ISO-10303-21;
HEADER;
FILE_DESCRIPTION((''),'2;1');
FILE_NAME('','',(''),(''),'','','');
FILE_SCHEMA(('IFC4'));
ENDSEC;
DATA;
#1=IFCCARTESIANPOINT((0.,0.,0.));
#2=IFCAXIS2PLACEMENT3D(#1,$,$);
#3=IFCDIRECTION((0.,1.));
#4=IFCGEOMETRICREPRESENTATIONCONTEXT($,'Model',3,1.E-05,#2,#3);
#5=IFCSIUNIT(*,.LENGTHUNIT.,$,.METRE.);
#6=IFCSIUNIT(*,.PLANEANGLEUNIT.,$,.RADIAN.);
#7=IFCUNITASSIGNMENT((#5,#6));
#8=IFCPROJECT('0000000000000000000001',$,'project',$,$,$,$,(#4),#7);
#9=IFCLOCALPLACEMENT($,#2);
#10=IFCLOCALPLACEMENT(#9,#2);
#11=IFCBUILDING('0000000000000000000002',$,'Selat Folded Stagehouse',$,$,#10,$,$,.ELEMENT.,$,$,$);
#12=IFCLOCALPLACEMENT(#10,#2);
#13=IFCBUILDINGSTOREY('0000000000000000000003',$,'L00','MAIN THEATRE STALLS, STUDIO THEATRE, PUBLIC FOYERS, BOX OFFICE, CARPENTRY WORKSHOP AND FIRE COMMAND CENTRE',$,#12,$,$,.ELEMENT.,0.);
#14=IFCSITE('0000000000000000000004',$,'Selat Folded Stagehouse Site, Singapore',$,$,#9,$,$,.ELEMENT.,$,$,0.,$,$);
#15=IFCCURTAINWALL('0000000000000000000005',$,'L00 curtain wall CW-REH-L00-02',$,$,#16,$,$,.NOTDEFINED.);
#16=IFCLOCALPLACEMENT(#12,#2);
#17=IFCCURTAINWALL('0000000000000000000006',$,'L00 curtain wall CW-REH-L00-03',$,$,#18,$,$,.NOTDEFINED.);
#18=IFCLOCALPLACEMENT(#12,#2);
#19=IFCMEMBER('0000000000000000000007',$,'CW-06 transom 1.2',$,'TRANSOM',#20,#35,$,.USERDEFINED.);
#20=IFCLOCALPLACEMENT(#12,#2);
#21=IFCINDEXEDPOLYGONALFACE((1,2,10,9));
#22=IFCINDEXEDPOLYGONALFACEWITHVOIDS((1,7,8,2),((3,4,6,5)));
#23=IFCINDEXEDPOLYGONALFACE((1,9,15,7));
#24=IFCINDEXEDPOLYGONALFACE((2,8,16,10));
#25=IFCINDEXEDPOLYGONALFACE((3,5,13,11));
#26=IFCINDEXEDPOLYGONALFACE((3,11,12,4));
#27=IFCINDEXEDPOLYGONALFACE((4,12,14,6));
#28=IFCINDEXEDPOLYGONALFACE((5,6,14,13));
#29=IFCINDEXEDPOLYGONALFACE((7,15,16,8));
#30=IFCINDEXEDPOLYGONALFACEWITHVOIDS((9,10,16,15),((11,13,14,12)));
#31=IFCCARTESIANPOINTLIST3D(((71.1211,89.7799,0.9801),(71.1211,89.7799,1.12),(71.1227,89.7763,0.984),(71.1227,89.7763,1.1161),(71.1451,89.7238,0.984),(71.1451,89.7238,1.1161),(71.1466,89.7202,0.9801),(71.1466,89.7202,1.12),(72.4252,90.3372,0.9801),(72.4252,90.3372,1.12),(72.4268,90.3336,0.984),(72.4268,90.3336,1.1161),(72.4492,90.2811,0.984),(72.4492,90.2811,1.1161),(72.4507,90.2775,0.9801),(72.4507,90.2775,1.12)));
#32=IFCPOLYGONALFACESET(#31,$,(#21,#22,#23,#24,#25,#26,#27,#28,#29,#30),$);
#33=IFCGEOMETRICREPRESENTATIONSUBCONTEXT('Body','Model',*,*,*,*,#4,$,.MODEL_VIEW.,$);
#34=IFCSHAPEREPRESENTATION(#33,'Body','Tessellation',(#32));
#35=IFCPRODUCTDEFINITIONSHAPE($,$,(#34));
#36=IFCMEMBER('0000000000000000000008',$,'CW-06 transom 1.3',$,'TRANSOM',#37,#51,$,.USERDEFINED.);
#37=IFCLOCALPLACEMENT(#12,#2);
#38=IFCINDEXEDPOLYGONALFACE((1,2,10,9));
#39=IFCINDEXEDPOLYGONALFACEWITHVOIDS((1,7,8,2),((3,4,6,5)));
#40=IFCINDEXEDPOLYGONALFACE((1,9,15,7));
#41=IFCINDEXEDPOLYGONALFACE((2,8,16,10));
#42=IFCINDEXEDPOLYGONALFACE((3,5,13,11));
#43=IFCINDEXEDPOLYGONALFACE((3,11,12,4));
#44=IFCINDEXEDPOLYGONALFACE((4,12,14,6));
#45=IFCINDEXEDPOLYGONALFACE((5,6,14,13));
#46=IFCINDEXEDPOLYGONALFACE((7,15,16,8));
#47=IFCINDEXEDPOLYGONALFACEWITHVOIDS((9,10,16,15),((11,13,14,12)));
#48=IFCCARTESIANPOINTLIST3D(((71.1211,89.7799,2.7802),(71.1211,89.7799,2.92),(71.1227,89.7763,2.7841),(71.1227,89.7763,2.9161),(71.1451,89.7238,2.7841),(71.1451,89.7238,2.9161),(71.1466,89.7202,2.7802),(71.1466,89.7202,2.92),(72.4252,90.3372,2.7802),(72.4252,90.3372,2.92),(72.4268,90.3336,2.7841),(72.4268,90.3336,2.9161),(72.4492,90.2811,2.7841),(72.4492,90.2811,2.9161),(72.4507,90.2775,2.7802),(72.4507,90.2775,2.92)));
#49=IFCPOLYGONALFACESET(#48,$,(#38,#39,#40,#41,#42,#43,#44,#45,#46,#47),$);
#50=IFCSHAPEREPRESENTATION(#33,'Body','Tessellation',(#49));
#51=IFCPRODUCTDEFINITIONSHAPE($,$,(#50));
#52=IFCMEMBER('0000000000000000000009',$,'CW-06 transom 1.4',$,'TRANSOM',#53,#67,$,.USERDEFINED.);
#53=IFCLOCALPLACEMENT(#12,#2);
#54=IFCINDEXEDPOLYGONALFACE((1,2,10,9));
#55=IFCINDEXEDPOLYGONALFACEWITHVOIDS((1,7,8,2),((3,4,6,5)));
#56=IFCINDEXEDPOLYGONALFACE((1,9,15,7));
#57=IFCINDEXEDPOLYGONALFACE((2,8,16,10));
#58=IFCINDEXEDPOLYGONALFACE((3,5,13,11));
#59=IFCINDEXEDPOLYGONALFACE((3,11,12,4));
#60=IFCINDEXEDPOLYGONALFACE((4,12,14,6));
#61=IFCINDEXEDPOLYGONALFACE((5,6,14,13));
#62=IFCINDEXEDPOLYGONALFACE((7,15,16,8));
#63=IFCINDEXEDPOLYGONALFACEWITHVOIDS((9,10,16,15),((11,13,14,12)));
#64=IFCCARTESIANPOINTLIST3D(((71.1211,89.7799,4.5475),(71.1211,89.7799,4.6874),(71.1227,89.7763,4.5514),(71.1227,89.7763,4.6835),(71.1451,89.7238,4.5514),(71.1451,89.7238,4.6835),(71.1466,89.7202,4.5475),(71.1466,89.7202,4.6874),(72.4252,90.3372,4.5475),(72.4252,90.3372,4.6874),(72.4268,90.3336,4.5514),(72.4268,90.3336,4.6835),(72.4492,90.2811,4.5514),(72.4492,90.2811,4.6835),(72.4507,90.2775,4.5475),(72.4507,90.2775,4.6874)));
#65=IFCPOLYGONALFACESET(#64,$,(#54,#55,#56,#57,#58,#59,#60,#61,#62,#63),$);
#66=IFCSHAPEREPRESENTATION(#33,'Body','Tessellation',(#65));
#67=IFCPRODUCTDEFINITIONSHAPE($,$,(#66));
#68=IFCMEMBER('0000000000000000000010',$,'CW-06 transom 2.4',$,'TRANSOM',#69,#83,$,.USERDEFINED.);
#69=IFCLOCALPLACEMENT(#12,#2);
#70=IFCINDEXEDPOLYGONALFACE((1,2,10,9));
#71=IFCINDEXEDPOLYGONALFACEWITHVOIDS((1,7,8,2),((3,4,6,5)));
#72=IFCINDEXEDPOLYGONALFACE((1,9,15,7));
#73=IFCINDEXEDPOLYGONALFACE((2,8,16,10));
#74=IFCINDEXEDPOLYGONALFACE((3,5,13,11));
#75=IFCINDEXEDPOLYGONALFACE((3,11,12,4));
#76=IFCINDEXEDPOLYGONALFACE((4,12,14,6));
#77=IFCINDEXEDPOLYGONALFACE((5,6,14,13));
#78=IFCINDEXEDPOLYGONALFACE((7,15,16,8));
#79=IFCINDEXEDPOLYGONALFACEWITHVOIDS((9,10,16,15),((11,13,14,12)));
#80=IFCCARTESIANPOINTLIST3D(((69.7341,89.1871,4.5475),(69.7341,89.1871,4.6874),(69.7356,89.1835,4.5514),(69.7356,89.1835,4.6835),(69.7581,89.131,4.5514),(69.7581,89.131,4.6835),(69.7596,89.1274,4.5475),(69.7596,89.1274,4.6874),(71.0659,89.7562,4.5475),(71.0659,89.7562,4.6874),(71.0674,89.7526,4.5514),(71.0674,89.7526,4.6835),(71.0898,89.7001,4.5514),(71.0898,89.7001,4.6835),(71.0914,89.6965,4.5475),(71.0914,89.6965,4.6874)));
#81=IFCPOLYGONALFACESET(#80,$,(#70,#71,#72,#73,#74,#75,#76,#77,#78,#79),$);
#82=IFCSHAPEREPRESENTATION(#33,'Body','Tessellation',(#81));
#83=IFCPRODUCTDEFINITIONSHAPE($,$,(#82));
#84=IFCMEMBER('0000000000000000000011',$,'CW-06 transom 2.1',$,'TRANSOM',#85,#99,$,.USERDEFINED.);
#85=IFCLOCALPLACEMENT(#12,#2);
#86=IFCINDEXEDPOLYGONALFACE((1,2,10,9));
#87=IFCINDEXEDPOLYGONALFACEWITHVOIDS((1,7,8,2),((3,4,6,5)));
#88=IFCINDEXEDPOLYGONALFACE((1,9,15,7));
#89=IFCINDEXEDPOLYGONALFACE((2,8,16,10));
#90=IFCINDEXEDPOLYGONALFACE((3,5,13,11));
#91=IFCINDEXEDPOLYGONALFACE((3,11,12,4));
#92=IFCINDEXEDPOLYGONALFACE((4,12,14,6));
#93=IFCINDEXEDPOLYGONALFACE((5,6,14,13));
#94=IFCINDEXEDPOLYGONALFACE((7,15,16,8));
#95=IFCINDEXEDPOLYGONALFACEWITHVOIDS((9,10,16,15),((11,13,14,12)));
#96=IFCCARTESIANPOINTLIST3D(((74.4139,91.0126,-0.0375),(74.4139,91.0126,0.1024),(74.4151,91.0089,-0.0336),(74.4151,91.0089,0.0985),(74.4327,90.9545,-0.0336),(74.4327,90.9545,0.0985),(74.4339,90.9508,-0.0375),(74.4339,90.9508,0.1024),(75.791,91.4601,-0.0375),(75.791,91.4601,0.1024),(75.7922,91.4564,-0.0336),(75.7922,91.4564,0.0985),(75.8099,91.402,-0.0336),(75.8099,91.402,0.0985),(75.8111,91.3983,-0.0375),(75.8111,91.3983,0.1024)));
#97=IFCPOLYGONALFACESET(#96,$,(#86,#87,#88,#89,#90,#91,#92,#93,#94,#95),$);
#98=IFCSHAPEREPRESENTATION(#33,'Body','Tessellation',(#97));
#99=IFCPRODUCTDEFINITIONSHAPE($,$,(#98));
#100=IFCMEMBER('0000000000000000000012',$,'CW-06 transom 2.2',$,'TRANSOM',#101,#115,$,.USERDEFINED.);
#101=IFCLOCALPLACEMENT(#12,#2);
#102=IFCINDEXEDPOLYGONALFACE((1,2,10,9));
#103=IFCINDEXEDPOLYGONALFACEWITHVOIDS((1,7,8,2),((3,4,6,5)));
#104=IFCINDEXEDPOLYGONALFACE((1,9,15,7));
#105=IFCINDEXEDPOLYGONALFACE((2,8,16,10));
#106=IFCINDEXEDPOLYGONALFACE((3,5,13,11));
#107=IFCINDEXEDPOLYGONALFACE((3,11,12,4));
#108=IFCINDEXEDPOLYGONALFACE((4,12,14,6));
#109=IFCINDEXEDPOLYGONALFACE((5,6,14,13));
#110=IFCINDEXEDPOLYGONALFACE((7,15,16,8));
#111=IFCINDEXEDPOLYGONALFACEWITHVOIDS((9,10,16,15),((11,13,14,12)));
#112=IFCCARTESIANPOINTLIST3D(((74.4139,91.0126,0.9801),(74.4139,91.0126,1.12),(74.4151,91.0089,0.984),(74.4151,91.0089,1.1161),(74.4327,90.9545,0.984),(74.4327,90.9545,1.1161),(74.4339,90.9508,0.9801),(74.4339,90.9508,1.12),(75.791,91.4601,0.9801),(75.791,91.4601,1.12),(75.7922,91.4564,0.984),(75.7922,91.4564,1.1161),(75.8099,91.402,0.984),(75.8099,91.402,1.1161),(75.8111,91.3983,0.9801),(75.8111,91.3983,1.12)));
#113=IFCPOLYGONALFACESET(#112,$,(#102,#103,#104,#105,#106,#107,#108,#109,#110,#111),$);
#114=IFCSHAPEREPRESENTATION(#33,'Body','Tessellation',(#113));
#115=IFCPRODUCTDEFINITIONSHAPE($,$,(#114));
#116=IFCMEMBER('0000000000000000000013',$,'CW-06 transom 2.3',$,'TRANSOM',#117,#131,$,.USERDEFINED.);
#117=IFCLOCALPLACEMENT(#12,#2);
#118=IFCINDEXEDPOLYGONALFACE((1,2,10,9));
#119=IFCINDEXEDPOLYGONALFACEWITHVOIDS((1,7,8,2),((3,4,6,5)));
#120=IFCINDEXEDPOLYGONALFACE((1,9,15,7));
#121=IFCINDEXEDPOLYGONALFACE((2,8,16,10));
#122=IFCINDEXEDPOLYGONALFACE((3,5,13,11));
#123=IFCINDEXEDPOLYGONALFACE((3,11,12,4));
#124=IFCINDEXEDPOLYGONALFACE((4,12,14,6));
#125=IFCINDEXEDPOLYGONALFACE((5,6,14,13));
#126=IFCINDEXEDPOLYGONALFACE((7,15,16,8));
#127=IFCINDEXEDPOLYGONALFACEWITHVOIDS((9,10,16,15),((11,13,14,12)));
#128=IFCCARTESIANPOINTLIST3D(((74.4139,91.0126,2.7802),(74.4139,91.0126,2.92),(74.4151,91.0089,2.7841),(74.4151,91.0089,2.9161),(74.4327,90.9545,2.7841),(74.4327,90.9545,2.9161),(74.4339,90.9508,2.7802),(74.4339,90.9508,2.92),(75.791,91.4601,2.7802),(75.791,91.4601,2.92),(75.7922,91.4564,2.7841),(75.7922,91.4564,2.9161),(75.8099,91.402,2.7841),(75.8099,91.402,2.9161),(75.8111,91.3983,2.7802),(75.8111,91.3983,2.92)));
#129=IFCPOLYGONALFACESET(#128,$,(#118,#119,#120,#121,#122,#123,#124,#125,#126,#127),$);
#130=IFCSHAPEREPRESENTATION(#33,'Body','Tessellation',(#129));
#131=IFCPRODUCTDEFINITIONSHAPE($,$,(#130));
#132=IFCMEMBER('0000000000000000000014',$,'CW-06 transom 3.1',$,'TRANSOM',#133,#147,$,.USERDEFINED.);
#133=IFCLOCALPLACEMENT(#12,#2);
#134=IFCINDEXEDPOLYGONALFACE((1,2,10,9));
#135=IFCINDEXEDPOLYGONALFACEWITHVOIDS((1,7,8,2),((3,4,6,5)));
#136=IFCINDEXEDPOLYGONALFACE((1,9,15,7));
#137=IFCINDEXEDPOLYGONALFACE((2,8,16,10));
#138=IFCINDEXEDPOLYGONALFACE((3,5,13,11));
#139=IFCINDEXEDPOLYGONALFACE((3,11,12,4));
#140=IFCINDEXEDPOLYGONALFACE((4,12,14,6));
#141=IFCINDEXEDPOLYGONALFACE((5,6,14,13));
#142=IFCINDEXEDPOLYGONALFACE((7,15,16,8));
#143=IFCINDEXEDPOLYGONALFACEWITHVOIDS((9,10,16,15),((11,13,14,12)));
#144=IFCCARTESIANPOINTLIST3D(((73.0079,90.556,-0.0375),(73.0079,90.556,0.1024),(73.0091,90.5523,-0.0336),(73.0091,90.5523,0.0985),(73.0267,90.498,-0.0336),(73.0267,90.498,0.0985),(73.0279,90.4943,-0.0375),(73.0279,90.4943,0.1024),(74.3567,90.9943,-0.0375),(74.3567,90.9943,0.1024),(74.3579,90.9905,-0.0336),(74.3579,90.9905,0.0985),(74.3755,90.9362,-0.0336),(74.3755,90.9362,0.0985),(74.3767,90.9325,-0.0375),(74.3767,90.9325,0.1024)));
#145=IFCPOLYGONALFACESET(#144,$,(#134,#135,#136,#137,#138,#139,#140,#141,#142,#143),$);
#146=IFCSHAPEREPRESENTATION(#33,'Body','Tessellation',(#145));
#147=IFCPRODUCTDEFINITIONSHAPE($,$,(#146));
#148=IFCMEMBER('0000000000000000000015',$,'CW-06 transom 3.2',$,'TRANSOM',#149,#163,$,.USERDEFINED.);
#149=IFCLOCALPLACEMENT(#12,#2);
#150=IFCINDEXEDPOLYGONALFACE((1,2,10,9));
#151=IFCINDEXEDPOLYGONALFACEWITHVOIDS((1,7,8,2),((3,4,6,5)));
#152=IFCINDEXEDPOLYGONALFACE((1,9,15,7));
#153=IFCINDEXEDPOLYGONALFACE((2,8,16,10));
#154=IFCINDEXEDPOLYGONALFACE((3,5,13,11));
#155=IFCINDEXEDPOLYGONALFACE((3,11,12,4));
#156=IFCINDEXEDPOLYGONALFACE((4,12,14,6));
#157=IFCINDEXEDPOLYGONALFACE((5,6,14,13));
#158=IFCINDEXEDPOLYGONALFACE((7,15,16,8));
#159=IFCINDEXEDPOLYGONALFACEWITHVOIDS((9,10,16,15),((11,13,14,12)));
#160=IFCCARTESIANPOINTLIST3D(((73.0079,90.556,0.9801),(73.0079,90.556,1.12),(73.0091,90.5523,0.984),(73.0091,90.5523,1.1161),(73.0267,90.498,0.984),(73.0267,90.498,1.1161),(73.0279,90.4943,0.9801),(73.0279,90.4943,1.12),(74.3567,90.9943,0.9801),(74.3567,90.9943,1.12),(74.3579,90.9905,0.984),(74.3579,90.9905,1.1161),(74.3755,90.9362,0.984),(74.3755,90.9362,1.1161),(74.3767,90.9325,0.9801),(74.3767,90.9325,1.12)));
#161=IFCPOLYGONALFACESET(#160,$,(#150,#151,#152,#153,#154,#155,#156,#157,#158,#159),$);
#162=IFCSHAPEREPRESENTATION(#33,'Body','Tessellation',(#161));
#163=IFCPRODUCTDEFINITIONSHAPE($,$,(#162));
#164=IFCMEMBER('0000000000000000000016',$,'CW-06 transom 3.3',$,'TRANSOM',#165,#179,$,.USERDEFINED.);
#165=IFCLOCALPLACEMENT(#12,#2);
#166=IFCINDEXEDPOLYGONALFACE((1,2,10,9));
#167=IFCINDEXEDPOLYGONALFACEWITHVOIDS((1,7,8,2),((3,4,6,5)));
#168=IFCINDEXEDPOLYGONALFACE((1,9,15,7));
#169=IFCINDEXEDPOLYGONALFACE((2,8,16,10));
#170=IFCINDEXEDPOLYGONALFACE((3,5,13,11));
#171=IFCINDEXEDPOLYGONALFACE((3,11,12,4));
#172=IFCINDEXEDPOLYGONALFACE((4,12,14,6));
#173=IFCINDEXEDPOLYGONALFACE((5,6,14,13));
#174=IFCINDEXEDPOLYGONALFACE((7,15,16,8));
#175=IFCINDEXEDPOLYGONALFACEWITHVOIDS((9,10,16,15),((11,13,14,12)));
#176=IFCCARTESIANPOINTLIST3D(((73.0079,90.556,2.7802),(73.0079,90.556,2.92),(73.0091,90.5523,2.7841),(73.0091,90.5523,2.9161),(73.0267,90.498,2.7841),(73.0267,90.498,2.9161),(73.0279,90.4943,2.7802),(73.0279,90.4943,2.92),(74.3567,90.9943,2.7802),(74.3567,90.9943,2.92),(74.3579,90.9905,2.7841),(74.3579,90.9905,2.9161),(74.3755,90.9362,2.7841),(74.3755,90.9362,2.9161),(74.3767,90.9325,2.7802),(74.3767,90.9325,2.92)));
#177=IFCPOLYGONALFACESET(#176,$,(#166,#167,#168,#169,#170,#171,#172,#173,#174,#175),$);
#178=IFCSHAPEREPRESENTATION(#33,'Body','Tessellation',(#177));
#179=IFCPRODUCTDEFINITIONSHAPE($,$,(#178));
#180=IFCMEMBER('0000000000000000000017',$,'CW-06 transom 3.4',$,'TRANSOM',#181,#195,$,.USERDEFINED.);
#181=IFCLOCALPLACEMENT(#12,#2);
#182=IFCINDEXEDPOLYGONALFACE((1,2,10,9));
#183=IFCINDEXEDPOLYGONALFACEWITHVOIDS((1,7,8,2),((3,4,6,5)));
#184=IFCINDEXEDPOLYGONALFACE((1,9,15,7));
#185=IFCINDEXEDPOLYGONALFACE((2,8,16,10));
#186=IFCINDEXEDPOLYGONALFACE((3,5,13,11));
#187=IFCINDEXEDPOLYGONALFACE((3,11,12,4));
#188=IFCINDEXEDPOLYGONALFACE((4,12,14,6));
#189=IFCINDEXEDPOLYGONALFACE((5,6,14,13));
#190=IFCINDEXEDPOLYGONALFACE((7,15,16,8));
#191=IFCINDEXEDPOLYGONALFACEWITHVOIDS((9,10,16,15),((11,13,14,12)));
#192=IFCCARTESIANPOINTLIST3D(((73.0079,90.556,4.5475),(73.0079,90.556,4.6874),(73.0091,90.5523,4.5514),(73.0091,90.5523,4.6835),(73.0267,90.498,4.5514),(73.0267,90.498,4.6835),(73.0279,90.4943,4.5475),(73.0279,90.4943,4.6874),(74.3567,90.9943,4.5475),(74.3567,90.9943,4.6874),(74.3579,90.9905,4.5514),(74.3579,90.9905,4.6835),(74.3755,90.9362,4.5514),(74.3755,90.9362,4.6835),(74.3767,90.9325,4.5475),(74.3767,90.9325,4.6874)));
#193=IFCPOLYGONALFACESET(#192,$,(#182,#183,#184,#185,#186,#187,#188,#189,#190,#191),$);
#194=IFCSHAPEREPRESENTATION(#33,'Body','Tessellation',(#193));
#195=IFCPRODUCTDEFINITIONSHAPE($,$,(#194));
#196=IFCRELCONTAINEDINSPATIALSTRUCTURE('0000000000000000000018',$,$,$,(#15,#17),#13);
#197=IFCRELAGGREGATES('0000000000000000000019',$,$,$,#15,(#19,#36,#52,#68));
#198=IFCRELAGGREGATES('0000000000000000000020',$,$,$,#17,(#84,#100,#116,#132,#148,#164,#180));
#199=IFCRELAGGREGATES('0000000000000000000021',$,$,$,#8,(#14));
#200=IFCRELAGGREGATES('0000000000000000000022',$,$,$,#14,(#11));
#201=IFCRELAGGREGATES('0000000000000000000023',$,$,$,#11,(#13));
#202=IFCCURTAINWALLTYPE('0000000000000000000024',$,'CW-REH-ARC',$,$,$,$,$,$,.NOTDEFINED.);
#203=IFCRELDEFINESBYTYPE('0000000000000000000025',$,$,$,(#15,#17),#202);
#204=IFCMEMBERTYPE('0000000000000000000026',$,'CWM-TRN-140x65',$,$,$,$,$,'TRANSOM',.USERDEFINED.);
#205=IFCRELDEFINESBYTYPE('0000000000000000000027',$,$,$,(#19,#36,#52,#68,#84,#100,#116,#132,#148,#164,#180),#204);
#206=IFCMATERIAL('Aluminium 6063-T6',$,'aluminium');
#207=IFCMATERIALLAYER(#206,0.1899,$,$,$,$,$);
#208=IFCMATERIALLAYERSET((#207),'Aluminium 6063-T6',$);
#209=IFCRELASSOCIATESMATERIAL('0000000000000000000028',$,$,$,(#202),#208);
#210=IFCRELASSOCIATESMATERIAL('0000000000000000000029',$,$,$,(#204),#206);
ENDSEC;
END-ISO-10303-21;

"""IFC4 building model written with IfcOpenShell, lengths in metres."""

from ifc_helpers import new_model, si_unit, direction, frame, origin, origin_2d, place, context, subcontext, project, spatial, hollow_rectangle, extrude, material, layer, layer_set, material_profile, profile_set, type_object, element, aggregate, save


model = new_model("IFC4")

# Units and contexts
model_context = context("Model", 3, precision=1e-05, world=origin(), true_north=direction((0.0, 1.0)))
body_context = subcontext(model_context, "Body", "Model", "MODEL_VIEW")
ifc_project = project(units=[si_unit("LENGTHUNIT", "METRE"), si_unit("PLANEANGLEUNIT", "RADIAN")], contexts=[model_context])

# Site, building, storey
site_placement = place(None, origin())
site = spatial("IfcSite", under=ifc_project, at=site_placement, Name="Selat Folded Stagehouse Site, Singapore", CompositionType="ELEMENT", RefElevation=0.0)
building_placement = place(site_placement, origin())
building = spatial("IfcBuilding", under=site, at=building_placement, Name="Selat Folded Stagehouse", CompositionType="ELEMENT")
storey_placement = place(building_placement, origin())
storey = spatial("IfcBuildingStorey", under=building, at=storey_placement, Name="L00", Description="MAIN THEATRE STALLS, STUDIO THEATRE, PUBLIC FOYERS, BOX OFFICE, CARPENTRY WORKSHOP AND FIRE COMMAND CENTRE", CompositionType="ELEMENT", Elevation=0.0)

# Curtain walls
ifc_material_1 = material(Name="Aluminium 6063-T6", Category="aluminium")
ifc_layer_1 = layer(ifc_material_1, 0.1899)
ifc_layer_set_1 = layer_set([ifc_layer_1], Name="Aluminium 6063-T6")
curtain_wall_type = type_object("IfcCurtainWallType", Name="CW-REH-ARC", PredefinedType="NOTDEFINED", material=ifc_layer_set_1)
curtain_wall_1_placement = place(storey_placement, origin())
curtain_wall_1 = element("IfcCurtainWall", 1, at=curtain_wall_1_placement, inside=storey, type_object=curtain_wall_type, Name="L00 curtain wall CW-REH-L00-02", PredefinedType="NOTDEFINED")
curtain_wall_2_placement = place(storey_placement, origin())
curtain_wall_2 = element("IfcCurtainWall", 2, at=curtain_wall_2_placement, inside=storey, type_object=curtain_wall_type, Name="L00 curtain wall CW-REH-L00-03", PredefinedType="NOTDEFINED")

# Members
ifc_material_profile_1 = material_profile(ifc_material_1, hollow_rectangle(XDim=0.0649, YDim=0.1399, WallThickness=0.0039, at=origin_2d()), Name="ALU 140x65x4.0")
ifc_profile_set_1 = profile_set([ifc_material_profile_1], Name="Aluminium 6063-T6")
member_type_1 = type_object("IfcMemberType", Name="CWM-TRN-140x65", ElementType="TRANSOM", PredefinedType="USERDEFINED", material=ifc_profile_set_1)
member_1_placement = place(storey_placement, frame((72.438, 90.3074, 1.05), z_axis=(-0.919545, -0.392984, 0.0), x_axis=(0.392984, -0.919545, 0.0)))
member_1 = element("IfcMember", 3, at=member_1_placement, type_object=member_type_1, Name="CW-06 transom 1.2", ObjectType="TRANSOM", PredefinedType="USERDEFINED", context=body_context, shape_type="SweptSolid", body=[
    extrude(hollow_rectangle(XDim=0.0649, YDim=0.1399, WallThickness=0.0039, at=origin_2d()), origin(), (0.0, 0.0, 1.0), 1.4182),
])
member_2_placement = place(storey_placement, frame((72.438, 90.3074, 2.8501), z_axis=(-0.919545, -0.392984, 0.0), x_axis=(0.392984, -0.919545, 0.0)))
member_2 = element("IfcMember", 4, at=member_2_placement, type_object=member_type_1, Name="CW-06 transom 1.3", ObjectType="TRANSOM", PredefinedType="USERDEFINED", context=body_context, shape_type="SweptSolid", body=[
    extrude(hollow_rectangle(XDim=0.0649, YDim=0.1399, WallThickness=0.0039, at=origin_2d()), origin(), (0.0, 0.0, 1.0), 1.4182),
])
member_3_placement = place(storey_placement, frame((72.438, 90.3074, 4.6174), z_axis=(-0.919545, -0.392984, 0.0), x_axis=(0.392984, -0.919545, 0.0)))
member_3 = element("IfcMember", 5, at=member_3_placement, type_object=member_type_1, Name="CW-06 transom 1.4", ObjectType="TRANSOM", PredefinedType="USERDEFINED", context=body_context, shape_type="SweptSolid", body=[
    extrude(hollow_rectangle(XDim=0.0649, YDim=0.1399, WallThickness=0.0039, at=origin_2d()), origin(), (0.0, 0.0, 1.0), 1.4182),
])
member_4_placement = place(storey_placement, frame((71.0786, 89.7263, 4.6174), z_axis=(-0.919563, -0.392943, 0.0), x_axis=(0.392943, -0.919563, 0.0)))
member_4 = element("IfcMember", 6, at=member_4_placement, type_object=member_type_1, Name="CW-06 transom 2.4", ObjectType="TRANSOM", PredefinedType="USERDEFINED", context=body_context, shape_type="SweptSolid", body=[
    extrude(hollow_rectangle(XDim=0.0649, YDim=0.1399, WallThickness=0.0039, at=origin_2d()), origin(), (0.0, 0.0, 1.0), 1.4482),
])
member_5_placement = place(storey_placement, frame((75.801, 91.4292, 0.0325), z_axis=(-0.95105, -0.309037, 0.0), x_axis=(0.309037, -0.95105, 0.0)))
member_5 = element("IfcMember", 7, at=member_5_placement, type_object=member_type_1, Name="CW-06 transom 2.1", ObjectType="TRANSOM", PredefinedType="USERDEFINED", context=body_context, shape_type="SweptSolid", body=[
    extrude(hollow_rectangle(XDim=0.0649, YDim=0.1399, WallThickness=0.0039, at=origin_2d()), origin(), (0.0, 0.0, 1.0), 1.448),
])
member_6_placement = place(storey_placement, frame((75.801, 91.4292, 1.05), z_axis=(-0.95105, -0.309037, 0.0), x_axis=(0.309037, -0.95105, 0.0)))
member_6 = element("IfcMember", 8, at=member_6_placement, type_object=member_type_1, Name="CW-06 transom 2.2", ObjectType="TRANSOM", PredefinedType="USERDEFINED", context=body_context, shape_type="SweptSolid", body=[
    extrude(hollow_rectangle(XDim=0.0649, YDim=0.1399, WallThickness=0.0039, at=origin_2d()), origin(), (0.0, 0.0, 1.0), 1.448),
])
member_7_placement = place(storey_placement, frame((75.801, 91.4292, 2.8501), z_axis=(-0.95105, -0.309037, 0.0), x_axis=(0.309037, -0.95105, 0.0)))
member_7 = element("IfcMember", 9, at=member_7_placement, type_object=member_type_1, Name="CW-06 transom 2.3", ObjectType="TRANSOM", PredefinedType="USERDEFINED", context=body_context, shape_type="SweptSolid", body=[
    extrude(hollow_rectangle(XDim=0.0649, YDim=0.1399, WallThickness=0.0039, at=origin_2d()), origin(), (0.0, 0.0, 1.0), 1.448),
])
member_8_placement = place(storey_placement, frame((74.3667, 90.9634, 0.0325), z_axis=(-0.951066, -0.308989, 0.0), x_axis=(0.308989, -0.951066, 0.0)))
member_8 = element("IfcMember", 10, at=member_8_placement, type_object=member_type_1, Name="CW-06 transom 3.1", ObjectType="TRANSOM", PredefinedType="USERDEFINED", context=body_context, shape_type="SweptSolid", body=[
    extrude(hollow_rectangle(XDim=0.0649, YDim=0.1399, WallThickness=0.0039, at=origin_2d()), origin(), (0.0, 0.0, 1.0), 1.4182),
])
member_9_placement = place(storey_placement, frame((74.3667, 90.9634, 1.05), z_axis=(-0.951066, -0.308989, 0.0), x_axis=(0.308989, -0.951066, 0.0)))
member_9 = element("IfcMember", 11, at=member_9_placement, type_object=member_type_1, Name="CW-06 transom 3.2", ObjectType="TRANSOM", PredefinedType="USERDEFINED", context=body_context, shape_type="SweptSolid", body=[
    extrude(hollow_rectangle(XDim=0.0649, YDim=0.1399, WallThickness=0.0039, at=origin_2d()), origin(), (0.0, 0.0, 1.0), 1.4182),
])
member_10_placement = place(storey_placement, frame((74.3667, 90.9634, 2.8501), z_axis=(-0.951066, -0.308989, 0.0), x_axis=(0.308989, -0.951066, 0.0)))
member_10 = element("IfcMember", 12, at=member_10_placement, type_object=member_type_1, Name="CW-06 transom 3.3", ObjectType="TRANSOM", PredefinedType="USERDEFINED", context=body_context, shape_type="SweptSolid", body=[
    extrude(hollow_rectangle(XDim=0.0649, YDim=0.1399, WallThickness=0.0039, at=origin_2d()), origin(), (0.0, 0.0, 1.0), 1.4182),
])
member_11_placement = place(storey_placement, frame((74.3667, 90.9634, 4.6174), z_axis=(-0.951066, -0.308989, 0.0), x_axis=(0.308989, -0.951066, 0.0)))
member_11 = element("IfcMember", 13, at=member_11_placement, type_object=member_type_1, Name="CW-06 transom 3.4", ObjectType="TRANSOM", PredefinedType="USERDEFINED", context=body_context, shape_type="SweptSolid", body=[
    extrude(hollow_rectangle(XDim=0.0649, YDim=0.1399, WallThickness=0.0039, at=origin_2d()), origin(), (0.0, 0.0, 1.0), 1.4182),
])

aggregate(curtain_wall_1, [member_1, member_2, member_3, member_4])
aggregate(curtain_wall_2, [member_5, member_6, member_7, member_8, member_9, member_10, member_11])

save(model, "model.ifc")
